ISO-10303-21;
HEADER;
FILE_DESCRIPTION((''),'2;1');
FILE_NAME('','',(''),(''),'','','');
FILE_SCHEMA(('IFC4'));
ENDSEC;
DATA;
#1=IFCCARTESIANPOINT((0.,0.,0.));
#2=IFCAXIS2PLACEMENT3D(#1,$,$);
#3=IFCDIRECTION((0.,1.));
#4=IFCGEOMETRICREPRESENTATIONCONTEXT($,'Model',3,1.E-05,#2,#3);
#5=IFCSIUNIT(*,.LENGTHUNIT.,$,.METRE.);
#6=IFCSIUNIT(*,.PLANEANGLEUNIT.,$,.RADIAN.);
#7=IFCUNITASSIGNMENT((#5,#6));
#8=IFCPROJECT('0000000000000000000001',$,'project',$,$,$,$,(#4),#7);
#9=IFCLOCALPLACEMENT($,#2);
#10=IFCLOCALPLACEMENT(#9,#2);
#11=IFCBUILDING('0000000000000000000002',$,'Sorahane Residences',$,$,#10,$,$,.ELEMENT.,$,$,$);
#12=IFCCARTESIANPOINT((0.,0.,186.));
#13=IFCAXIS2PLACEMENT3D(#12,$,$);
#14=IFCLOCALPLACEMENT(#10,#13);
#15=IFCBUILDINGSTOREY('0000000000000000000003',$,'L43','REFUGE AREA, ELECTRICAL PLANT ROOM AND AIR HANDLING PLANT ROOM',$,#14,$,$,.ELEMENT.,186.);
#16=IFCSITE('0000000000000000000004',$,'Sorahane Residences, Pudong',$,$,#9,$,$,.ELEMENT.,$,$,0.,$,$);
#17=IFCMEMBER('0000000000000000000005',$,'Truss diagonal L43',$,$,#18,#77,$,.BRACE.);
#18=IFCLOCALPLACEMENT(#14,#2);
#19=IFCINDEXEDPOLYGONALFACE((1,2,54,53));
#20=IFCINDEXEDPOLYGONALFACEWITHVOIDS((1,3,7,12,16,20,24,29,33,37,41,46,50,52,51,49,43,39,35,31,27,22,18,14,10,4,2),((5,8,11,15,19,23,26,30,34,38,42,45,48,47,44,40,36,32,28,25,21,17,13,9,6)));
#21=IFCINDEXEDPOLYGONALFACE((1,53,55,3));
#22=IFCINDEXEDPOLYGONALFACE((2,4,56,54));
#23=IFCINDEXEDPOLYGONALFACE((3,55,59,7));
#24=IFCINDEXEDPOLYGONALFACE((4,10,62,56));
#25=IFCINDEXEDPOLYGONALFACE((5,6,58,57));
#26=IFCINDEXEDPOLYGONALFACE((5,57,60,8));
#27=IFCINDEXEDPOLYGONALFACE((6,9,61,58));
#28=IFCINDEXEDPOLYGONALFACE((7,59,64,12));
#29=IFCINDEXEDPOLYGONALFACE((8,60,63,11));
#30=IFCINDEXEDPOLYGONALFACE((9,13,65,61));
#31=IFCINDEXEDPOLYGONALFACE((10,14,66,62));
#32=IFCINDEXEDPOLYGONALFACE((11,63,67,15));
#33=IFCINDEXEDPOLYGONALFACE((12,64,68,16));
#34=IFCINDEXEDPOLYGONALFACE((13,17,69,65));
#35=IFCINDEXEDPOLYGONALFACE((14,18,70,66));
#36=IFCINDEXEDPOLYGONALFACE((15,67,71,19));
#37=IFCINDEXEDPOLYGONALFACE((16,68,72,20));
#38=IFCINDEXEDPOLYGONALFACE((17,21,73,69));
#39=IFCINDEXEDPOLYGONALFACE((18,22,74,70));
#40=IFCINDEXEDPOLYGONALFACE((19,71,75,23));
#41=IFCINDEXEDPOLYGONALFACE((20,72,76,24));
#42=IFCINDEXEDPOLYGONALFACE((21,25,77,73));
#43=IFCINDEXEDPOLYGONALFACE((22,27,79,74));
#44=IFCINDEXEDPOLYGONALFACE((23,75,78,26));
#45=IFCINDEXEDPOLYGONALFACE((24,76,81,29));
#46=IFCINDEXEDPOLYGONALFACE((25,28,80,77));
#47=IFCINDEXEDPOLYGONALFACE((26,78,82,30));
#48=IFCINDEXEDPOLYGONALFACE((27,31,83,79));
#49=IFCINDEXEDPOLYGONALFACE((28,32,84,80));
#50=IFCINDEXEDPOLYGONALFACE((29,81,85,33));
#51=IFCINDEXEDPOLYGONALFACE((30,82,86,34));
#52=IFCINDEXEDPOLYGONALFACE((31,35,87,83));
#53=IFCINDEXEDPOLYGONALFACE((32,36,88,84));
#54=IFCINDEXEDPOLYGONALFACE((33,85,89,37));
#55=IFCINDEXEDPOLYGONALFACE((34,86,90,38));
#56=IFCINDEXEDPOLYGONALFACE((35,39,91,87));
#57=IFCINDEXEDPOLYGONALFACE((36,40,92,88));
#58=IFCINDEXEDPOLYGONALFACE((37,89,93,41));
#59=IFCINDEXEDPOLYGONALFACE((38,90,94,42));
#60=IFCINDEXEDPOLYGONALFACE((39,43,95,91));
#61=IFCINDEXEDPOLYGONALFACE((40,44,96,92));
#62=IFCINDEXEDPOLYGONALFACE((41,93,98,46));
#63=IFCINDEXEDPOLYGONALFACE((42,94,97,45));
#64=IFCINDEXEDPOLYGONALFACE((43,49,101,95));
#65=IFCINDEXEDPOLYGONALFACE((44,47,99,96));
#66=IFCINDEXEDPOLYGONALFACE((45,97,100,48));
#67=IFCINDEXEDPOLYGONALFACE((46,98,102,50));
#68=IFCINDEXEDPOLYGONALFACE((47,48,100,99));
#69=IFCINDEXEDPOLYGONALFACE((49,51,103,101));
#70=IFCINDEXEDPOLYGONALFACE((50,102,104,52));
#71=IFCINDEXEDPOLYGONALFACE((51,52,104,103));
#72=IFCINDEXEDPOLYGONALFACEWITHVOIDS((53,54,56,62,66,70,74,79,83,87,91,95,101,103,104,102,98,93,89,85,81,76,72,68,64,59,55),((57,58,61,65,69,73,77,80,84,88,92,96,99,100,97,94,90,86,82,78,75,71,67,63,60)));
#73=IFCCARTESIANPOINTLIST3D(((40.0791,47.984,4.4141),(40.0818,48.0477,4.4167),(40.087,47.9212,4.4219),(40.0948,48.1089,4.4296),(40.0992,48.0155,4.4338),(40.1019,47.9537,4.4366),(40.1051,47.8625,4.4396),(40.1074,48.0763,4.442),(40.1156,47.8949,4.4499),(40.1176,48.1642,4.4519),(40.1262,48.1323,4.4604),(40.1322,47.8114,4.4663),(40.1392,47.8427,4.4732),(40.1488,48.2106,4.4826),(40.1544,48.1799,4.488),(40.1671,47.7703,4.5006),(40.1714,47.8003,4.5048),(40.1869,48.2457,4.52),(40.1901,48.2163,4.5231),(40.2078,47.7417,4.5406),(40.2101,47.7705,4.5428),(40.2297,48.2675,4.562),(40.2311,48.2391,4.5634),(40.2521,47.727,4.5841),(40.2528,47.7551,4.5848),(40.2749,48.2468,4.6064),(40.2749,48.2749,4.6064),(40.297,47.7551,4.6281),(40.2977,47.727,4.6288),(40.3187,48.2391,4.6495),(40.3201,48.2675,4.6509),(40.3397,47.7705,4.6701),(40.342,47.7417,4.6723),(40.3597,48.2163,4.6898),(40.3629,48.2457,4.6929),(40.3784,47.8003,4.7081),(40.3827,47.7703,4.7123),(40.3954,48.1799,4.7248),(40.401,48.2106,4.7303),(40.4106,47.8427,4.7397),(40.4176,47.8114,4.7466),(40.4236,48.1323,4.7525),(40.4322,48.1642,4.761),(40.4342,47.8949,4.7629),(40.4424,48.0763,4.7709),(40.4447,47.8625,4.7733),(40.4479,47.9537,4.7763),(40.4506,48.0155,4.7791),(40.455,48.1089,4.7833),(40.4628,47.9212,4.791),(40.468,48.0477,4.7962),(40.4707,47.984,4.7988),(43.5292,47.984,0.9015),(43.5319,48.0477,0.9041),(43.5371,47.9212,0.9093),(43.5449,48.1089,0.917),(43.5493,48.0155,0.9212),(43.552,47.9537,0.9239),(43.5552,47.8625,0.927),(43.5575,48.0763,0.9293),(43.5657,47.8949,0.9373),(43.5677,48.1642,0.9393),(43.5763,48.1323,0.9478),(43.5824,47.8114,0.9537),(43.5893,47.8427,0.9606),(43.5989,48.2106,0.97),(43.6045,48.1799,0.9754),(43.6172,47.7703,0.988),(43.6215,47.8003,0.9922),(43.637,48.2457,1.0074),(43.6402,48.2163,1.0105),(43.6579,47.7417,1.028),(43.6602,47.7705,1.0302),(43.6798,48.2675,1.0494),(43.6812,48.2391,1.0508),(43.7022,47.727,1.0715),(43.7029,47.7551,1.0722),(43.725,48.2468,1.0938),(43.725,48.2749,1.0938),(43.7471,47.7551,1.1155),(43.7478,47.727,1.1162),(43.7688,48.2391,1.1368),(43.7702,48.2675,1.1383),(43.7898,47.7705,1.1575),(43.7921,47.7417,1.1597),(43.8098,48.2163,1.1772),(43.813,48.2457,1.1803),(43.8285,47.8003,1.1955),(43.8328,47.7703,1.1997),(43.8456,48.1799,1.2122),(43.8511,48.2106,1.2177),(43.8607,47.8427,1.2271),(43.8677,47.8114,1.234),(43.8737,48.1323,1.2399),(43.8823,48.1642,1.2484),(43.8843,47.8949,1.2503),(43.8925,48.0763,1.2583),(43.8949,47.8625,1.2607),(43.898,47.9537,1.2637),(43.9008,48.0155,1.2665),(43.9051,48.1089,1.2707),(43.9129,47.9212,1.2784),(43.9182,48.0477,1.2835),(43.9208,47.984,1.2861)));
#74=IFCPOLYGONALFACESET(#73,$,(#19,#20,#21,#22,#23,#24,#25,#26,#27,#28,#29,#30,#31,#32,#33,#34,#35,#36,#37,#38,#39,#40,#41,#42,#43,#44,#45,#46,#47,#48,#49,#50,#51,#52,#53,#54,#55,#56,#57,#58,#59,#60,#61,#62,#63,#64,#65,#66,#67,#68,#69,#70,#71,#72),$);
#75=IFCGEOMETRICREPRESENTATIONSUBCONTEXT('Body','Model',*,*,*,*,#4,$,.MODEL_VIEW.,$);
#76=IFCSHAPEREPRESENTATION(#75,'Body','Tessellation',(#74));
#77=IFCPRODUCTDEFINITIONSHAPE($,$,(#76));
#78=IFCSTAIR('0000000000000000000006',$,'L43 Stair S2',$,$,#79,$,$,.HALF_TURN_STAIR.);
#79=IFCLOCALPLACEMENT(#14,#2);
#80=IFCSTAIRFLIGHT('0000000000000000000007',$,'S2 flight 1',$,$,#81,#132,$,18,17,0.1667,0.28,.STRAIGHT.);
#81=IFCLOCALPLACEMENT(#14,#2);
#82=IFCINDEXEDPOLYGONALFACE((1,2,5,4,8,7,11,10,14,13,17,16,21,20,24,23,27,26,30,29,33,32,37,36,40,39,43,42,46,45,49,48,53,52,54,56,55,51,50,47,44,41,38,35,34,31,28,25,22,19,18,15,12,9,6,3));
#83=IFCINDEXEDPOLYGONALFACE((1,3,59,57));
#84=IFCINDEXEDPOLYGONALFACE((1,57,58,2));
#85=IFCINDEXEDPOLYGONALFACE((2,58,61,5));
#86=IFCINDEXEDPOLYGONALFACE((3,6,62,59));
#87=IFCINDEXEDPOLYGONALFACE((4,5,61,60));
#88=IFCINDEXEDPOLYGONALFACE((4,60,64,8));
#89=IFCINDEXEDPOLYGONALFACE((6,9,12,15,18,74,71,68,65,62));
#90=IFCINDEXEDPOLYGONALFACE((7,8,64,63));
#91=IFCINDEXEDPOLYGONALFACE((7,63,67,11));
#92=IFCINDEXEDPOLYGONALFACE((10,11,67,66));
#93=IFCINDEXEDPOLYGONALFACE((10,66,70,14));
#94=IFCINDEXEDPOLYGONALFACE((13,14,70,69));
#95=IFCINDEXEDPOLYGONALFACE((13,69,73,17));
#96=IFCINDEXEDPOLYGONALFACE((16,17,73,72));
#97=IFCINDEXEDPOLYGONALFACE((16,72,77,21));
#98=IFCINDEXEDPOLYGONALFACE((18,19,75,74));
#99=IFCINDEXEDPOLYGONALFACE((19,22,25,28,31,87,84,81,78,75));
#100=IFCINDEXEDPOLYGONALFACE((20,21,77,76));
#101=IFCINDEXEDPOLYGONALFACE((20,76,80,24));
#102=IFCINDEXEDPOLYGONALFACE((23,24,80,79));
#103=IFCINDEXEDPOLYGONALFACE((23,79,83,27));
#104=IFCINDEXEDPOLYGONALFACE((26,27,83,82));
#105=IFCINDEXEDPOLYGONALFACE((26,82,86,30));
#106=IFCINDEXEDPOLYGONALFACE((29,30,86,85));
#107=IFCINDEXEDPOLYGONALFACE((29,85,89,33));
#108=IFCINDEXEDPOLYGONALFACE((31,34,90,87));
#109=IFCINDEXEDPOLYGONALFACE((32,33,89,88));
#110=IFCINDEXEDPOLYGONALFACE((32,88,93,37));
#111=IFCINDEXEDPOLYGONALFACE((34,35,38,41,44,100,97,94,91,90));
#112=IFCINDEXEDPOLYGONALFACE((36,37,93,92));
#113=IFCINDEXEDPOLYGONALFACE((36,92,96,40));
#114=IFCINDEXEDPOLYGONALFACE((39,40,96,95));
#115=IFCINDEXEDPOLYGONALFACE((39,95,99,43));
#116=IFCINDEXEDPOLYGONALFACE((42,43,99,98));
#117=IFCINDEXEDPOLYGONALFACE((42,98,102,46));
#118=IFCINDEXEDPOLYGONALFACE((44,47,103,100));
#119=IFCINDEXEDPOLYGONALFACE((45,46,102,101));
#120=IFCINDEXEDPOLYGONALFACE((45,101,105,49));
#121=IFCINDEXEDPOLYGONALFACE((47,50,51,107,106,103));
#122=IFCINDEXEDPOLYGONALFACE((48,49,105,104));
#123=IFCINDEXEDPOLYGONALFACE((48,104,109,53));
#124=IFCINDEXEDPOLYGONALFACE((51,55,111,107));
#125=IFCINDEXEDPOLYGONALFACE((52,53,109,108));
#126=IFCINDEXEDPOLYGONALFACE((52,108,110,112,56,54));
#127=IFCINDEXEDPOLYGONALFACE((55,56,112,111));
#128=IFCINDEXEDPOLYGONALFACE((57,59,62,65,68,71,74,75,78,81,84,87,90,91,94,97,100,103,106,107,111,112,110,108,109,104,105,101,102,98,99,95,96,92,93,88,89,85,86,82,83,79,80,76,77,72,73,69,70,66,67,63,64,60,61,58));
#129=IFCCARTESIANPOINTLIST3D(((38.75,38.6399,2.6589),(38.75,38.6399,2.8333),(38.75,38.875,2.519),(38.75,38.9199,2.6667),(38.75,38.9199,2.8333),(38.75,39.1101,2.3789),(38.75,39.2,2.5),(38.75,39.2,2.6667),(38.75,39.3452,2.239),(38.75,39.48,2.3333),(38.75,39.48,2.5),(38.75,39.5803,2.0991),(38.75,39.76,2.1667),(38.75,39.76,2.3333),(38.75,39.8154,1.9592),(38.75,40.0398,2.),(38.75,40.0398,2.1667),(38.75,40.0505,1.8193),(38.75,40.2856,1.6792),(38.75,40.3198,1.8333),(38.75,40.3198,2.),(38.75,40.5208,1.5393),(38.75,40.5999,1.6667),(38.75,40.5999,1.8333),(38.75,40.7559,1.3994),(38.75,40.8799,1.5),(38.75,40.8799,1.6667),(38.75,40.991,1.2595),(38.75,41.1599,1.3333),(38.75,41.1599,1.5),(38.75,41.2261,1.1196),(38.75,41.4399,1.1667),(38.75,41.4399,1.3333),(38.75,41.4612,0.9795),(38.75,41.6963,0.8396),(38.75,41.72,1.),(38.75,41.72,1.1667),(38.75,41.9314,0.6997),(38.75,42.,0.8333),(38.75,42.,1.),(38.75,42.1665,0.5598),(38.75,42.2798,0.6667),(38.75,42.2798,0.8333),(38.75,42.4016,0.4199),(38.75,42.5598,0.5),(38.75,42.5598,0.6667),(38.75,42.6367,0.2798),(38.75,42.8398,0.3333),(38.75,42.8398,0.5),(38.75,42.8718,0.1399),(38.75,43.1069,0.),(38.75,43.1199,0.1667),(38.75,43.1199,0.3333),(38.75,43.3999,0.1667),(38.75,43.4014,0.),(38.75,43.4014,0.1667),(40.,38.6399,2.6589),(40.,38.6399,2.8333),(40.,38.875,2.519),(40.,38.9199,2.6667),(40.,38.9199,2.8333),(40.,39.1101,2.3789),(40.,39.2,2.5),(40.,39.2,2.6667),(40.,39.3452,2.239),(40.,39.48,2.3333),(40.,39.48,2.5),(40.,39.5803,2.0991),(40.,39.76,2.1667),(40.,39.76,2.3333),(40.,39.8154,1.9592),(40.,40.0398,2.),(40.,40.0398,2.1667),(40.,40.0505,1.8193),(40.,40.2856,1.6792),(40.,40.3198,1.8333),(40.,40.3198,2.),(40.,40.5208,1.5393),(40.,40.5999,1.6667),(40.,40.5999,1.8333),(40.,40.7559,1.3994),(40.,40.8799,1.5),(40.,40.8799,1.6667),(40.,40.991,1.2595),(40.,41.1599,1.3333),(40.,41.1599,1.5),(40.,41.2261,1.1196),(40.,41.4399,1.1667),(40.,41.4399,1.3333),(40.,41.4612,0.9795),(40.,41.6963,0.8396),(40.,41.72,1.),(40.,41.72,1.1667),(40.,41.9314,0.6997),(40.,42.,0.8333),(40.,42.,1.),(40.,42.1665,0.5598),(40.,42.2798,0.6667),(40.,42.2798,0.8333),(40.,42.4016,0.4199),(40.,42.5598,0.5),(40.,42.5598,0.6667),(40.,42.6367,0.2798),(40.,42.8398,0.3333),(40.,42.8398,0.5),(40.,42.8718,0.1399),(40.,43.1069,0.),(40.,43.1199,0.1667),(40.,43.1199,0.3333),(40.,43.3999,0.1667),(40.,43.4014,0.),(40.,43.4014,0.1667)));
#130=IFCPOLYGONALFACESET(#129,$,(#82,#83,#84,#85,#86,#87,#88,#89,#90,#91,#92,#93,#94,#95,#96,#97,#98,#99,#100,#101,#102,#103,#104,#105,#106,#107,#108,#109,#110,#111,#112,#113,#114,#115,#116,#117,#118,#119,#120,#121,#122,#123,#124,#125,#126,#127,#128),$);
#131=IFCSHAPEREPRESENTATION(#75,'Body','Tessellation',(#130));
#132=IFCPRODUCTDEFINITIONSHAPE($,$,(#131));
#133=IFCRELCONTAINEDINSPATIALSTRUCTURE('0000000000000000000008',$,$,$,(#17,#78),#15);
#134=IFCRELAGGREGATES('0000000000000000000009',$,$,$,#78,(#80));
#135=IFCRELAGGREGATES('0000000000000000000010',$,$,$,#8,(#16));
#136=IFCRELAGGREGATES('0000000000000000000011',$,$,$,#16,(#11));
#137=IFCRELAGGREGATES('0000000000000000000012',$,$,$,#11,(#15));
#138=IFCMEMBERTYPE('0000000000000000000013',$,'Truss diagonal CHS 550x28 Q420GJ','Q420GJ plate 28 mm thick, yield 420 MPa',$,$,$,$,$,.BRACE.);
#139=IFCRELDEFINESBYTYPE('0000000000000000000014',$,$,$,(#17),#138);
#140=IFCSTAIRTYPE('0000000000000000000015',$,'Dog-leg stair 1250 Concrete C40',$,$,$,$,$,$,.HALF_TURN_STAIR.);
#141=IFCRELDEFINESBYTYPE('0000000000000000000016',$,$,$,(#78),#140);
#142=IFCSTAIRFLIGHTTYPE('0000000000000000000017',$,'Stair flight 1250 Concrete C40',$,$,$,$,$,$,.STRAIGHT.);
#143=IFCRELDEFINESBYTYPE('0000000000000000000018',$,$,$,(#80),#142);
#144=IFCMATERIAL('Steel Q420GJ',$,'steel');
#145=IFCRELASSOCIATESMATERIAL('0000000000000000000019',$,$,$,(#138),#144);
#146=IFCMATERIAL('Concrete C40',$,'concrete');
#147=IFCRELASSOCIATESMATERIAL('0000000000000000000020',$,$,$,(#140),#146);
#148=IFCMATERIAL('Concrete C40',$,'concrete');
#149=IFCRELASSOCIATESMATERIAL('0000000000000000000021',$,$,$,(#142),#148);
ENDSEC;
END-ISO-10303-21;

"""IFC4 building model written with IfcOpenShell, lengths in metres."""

from ifc_helpers import new_model, si_unit, direction, frame, origin, origin_2d, place, context, subcontext, project, spatial, polyline, hollow_circle, outline, extrude, material, material_profile, profile_set, type_object, element, aggregate, save


model = new_model("IFC4")

# Units and contexts
model_context = context("Model", 3, precision=1e-05, world=origin(), true_north=direction((0.0, 1.0)))
body_context = subcontext(model_context, "Body", "Model", "MODEL_VIEW")
ifc_project = project(units=[si_unit("LENGTHUNIT", "METRE"), si_unit("PLANEANGLEUNIT", "RADIAN")], contexts=[model_context])

# Site, building, storey
site_placement = place(None, origin())
site = spatial("IfcSite", under=ifc_project, at=site_placement, Name="Sorahane Residences, Pudong", CompositionType="ELEMENT", RefElevation=0.0)
building_placement = place(site_placement, origin())
building = spatial("IfcBuilding", under=site, at=building_placement, Name="Sorahane Residences", CompositionType="ELEMENT")
storey_placement = place(building_placement, frame((0.0, 0.0, 186.0)))
storey = spatial("IfcBuildingStorey", under=building, at=storey_placement, Name="L43", Description="REFUGE AREA, ELECTRICAL PLANT ROOM AND AIR HANDLING PLANT ROOM", CompositionType="ELEMENT", Elevation=186.0)

# Member
ifc_material_1 = material(Name="Steel Q420GJ", Category="steel")
ifc_material_profile_1 = material_profile(ifc_material_1, hollow_circle(Radius=0.2749, WallThickness=0.0281, at=origin_2d()), Name="CHS 550x28")
ifc_profile_set_1 = profile_set([ifc_material_profile_1], Name="Steel Q420GJ")
member_type_1 = type_object("IfcMemberType", Name="Truss diagonal CHS 550x28 Q420GJ", Description="Q420GJ plate 28 mm thick, yield 420 MPa", PredefinedType="BRACE", material=ifc_profile_set_1)
member_1_placement = place(storey_placement, frame((40.2749, 48.0, 4.6064), z_axis=(0.700731, 0.0, -0.713425), x_axis=(0.0, 1.0, 0.0)))
element("IfcMember", 1, at=member_1_placement, inside=storey, type_object=member_type_1, Name="Truss diagonal L43", PredefinedType="BRACE", context=body_context, shape_type="SweptSolid", body=[
    extrude(hollow_circle(Radius=0.2749, WallThickness=0.0281, at=origin_2d()), origin(), (0.0, 0.0, 1.0), 4.9236),
])

# Stair, stair flight
ifc_material_2 = material(Name="Concrete C40", Category="concrete")
stair_type = type_object("IfcStairType", Name="Dog-leg stair 1250 Concrete C40", PredefinedType="HALF_TURN_STAIR", material=ifc_material_2)
stair_placement = place(storey_placement, origin())
stair = element("IfcStair", 2, at=stair_placement, inside=storey, type_object=stair_type, Name="L43 Stair S2", PredefinedType="HALF_TURN_STAIR")
ifc_material_3 = material(Name="Concrete C40", Category="concrete")
stair_flight_type = type_object("IfcStairFlightType", Name="Stair flight 1250 Concrete C40", PredefinedType="STRAIGHT", material=ifc_material_3)
stair_flight_placement = place(storey_placement, frame((39.375, 43.3999, 0.0), z_axis=(0.0, 0.0, 1.0), x_axis=(0.0, -1.0, 0.0)))
stair_flight = element("IfcStairFlight", 3, at=stair_flight_placement, type_object=stair_flight_type, Name="S2 flight 1", NumberOfRisers=18, NumberOfTreads=17, PredefinedType="STRAIGHT", RiserHeight=0.1667, TreadLength=0.28, context=body_context, shape_type="SweptSolid", body=[
    extrude(outline(polyline([(-0.0015, 0.0), (-0.0015, 0.1667), (0.0, 0.1667), (0.28, 0.1667), (0.28, 0.3333), (0.5601, 0.3333), (0.5601, 0.5), (0.8401, 0.5), (0.8401, 0.6667), (1.1201, 0.6667), (1.1201, 0.8333), (1.3999, 0.8333), (1.3999, 1.0), (1.6799, 1.0), (1.6799, 1.1667), (1.96, 1.1667), (1.96, 1.3333), (2.24, 1.3333), (2.24, 1.5), (2.52, 1.5), (2.52, 1.6667), (2.8, 1.6667), (2.8, 1.8333), (3.0801, 1.8333), (3.0801, 2.0), (3.3601, 2.0), (3.3601, 2.1667), (3.6399, 2.1667), (3.6399, 2.3333), (3.9199, 2.3333), (3.9199, 2.5), (4.2, 2.5), (4.2, 2.6667), (4.48, 2.6667), (4.48, 2.8333), (4.76, 2.8333), (4.76, 3.0), (4.76, 2.6589), (4.5249, 2.519), (4.2898, 2.3789), (4.0547, 2.239), (3.8196, 2.0991), (3.5845, 1.9592), (3.3494, 1.8193), (3.1143, 1.6792), (2.8792, 1.5393), (2.644, 1.3994), (2.4089, 1.2595), (2.1738, 1.1196), (1.9387, 0.9795), (1.7036, 0.8396), (1.4685, 0.6997), (1.2334, 0.5598), (0.9983, 0.4199), (0.7632, 0.2798), (0.5281, 0.1399), (0.293, 0.0), (-0.0015, 0.0)])), frame((0.0, 0.625, 0.0), z_axis=(0.0, -1.0, 0.0), x_axis=(1.0, 0.0, 0.0)), (0.0, 0.0, 1.0), 1.25),
])
aggregate(stair, [stair_flight])

save(model, "model.ifc")
